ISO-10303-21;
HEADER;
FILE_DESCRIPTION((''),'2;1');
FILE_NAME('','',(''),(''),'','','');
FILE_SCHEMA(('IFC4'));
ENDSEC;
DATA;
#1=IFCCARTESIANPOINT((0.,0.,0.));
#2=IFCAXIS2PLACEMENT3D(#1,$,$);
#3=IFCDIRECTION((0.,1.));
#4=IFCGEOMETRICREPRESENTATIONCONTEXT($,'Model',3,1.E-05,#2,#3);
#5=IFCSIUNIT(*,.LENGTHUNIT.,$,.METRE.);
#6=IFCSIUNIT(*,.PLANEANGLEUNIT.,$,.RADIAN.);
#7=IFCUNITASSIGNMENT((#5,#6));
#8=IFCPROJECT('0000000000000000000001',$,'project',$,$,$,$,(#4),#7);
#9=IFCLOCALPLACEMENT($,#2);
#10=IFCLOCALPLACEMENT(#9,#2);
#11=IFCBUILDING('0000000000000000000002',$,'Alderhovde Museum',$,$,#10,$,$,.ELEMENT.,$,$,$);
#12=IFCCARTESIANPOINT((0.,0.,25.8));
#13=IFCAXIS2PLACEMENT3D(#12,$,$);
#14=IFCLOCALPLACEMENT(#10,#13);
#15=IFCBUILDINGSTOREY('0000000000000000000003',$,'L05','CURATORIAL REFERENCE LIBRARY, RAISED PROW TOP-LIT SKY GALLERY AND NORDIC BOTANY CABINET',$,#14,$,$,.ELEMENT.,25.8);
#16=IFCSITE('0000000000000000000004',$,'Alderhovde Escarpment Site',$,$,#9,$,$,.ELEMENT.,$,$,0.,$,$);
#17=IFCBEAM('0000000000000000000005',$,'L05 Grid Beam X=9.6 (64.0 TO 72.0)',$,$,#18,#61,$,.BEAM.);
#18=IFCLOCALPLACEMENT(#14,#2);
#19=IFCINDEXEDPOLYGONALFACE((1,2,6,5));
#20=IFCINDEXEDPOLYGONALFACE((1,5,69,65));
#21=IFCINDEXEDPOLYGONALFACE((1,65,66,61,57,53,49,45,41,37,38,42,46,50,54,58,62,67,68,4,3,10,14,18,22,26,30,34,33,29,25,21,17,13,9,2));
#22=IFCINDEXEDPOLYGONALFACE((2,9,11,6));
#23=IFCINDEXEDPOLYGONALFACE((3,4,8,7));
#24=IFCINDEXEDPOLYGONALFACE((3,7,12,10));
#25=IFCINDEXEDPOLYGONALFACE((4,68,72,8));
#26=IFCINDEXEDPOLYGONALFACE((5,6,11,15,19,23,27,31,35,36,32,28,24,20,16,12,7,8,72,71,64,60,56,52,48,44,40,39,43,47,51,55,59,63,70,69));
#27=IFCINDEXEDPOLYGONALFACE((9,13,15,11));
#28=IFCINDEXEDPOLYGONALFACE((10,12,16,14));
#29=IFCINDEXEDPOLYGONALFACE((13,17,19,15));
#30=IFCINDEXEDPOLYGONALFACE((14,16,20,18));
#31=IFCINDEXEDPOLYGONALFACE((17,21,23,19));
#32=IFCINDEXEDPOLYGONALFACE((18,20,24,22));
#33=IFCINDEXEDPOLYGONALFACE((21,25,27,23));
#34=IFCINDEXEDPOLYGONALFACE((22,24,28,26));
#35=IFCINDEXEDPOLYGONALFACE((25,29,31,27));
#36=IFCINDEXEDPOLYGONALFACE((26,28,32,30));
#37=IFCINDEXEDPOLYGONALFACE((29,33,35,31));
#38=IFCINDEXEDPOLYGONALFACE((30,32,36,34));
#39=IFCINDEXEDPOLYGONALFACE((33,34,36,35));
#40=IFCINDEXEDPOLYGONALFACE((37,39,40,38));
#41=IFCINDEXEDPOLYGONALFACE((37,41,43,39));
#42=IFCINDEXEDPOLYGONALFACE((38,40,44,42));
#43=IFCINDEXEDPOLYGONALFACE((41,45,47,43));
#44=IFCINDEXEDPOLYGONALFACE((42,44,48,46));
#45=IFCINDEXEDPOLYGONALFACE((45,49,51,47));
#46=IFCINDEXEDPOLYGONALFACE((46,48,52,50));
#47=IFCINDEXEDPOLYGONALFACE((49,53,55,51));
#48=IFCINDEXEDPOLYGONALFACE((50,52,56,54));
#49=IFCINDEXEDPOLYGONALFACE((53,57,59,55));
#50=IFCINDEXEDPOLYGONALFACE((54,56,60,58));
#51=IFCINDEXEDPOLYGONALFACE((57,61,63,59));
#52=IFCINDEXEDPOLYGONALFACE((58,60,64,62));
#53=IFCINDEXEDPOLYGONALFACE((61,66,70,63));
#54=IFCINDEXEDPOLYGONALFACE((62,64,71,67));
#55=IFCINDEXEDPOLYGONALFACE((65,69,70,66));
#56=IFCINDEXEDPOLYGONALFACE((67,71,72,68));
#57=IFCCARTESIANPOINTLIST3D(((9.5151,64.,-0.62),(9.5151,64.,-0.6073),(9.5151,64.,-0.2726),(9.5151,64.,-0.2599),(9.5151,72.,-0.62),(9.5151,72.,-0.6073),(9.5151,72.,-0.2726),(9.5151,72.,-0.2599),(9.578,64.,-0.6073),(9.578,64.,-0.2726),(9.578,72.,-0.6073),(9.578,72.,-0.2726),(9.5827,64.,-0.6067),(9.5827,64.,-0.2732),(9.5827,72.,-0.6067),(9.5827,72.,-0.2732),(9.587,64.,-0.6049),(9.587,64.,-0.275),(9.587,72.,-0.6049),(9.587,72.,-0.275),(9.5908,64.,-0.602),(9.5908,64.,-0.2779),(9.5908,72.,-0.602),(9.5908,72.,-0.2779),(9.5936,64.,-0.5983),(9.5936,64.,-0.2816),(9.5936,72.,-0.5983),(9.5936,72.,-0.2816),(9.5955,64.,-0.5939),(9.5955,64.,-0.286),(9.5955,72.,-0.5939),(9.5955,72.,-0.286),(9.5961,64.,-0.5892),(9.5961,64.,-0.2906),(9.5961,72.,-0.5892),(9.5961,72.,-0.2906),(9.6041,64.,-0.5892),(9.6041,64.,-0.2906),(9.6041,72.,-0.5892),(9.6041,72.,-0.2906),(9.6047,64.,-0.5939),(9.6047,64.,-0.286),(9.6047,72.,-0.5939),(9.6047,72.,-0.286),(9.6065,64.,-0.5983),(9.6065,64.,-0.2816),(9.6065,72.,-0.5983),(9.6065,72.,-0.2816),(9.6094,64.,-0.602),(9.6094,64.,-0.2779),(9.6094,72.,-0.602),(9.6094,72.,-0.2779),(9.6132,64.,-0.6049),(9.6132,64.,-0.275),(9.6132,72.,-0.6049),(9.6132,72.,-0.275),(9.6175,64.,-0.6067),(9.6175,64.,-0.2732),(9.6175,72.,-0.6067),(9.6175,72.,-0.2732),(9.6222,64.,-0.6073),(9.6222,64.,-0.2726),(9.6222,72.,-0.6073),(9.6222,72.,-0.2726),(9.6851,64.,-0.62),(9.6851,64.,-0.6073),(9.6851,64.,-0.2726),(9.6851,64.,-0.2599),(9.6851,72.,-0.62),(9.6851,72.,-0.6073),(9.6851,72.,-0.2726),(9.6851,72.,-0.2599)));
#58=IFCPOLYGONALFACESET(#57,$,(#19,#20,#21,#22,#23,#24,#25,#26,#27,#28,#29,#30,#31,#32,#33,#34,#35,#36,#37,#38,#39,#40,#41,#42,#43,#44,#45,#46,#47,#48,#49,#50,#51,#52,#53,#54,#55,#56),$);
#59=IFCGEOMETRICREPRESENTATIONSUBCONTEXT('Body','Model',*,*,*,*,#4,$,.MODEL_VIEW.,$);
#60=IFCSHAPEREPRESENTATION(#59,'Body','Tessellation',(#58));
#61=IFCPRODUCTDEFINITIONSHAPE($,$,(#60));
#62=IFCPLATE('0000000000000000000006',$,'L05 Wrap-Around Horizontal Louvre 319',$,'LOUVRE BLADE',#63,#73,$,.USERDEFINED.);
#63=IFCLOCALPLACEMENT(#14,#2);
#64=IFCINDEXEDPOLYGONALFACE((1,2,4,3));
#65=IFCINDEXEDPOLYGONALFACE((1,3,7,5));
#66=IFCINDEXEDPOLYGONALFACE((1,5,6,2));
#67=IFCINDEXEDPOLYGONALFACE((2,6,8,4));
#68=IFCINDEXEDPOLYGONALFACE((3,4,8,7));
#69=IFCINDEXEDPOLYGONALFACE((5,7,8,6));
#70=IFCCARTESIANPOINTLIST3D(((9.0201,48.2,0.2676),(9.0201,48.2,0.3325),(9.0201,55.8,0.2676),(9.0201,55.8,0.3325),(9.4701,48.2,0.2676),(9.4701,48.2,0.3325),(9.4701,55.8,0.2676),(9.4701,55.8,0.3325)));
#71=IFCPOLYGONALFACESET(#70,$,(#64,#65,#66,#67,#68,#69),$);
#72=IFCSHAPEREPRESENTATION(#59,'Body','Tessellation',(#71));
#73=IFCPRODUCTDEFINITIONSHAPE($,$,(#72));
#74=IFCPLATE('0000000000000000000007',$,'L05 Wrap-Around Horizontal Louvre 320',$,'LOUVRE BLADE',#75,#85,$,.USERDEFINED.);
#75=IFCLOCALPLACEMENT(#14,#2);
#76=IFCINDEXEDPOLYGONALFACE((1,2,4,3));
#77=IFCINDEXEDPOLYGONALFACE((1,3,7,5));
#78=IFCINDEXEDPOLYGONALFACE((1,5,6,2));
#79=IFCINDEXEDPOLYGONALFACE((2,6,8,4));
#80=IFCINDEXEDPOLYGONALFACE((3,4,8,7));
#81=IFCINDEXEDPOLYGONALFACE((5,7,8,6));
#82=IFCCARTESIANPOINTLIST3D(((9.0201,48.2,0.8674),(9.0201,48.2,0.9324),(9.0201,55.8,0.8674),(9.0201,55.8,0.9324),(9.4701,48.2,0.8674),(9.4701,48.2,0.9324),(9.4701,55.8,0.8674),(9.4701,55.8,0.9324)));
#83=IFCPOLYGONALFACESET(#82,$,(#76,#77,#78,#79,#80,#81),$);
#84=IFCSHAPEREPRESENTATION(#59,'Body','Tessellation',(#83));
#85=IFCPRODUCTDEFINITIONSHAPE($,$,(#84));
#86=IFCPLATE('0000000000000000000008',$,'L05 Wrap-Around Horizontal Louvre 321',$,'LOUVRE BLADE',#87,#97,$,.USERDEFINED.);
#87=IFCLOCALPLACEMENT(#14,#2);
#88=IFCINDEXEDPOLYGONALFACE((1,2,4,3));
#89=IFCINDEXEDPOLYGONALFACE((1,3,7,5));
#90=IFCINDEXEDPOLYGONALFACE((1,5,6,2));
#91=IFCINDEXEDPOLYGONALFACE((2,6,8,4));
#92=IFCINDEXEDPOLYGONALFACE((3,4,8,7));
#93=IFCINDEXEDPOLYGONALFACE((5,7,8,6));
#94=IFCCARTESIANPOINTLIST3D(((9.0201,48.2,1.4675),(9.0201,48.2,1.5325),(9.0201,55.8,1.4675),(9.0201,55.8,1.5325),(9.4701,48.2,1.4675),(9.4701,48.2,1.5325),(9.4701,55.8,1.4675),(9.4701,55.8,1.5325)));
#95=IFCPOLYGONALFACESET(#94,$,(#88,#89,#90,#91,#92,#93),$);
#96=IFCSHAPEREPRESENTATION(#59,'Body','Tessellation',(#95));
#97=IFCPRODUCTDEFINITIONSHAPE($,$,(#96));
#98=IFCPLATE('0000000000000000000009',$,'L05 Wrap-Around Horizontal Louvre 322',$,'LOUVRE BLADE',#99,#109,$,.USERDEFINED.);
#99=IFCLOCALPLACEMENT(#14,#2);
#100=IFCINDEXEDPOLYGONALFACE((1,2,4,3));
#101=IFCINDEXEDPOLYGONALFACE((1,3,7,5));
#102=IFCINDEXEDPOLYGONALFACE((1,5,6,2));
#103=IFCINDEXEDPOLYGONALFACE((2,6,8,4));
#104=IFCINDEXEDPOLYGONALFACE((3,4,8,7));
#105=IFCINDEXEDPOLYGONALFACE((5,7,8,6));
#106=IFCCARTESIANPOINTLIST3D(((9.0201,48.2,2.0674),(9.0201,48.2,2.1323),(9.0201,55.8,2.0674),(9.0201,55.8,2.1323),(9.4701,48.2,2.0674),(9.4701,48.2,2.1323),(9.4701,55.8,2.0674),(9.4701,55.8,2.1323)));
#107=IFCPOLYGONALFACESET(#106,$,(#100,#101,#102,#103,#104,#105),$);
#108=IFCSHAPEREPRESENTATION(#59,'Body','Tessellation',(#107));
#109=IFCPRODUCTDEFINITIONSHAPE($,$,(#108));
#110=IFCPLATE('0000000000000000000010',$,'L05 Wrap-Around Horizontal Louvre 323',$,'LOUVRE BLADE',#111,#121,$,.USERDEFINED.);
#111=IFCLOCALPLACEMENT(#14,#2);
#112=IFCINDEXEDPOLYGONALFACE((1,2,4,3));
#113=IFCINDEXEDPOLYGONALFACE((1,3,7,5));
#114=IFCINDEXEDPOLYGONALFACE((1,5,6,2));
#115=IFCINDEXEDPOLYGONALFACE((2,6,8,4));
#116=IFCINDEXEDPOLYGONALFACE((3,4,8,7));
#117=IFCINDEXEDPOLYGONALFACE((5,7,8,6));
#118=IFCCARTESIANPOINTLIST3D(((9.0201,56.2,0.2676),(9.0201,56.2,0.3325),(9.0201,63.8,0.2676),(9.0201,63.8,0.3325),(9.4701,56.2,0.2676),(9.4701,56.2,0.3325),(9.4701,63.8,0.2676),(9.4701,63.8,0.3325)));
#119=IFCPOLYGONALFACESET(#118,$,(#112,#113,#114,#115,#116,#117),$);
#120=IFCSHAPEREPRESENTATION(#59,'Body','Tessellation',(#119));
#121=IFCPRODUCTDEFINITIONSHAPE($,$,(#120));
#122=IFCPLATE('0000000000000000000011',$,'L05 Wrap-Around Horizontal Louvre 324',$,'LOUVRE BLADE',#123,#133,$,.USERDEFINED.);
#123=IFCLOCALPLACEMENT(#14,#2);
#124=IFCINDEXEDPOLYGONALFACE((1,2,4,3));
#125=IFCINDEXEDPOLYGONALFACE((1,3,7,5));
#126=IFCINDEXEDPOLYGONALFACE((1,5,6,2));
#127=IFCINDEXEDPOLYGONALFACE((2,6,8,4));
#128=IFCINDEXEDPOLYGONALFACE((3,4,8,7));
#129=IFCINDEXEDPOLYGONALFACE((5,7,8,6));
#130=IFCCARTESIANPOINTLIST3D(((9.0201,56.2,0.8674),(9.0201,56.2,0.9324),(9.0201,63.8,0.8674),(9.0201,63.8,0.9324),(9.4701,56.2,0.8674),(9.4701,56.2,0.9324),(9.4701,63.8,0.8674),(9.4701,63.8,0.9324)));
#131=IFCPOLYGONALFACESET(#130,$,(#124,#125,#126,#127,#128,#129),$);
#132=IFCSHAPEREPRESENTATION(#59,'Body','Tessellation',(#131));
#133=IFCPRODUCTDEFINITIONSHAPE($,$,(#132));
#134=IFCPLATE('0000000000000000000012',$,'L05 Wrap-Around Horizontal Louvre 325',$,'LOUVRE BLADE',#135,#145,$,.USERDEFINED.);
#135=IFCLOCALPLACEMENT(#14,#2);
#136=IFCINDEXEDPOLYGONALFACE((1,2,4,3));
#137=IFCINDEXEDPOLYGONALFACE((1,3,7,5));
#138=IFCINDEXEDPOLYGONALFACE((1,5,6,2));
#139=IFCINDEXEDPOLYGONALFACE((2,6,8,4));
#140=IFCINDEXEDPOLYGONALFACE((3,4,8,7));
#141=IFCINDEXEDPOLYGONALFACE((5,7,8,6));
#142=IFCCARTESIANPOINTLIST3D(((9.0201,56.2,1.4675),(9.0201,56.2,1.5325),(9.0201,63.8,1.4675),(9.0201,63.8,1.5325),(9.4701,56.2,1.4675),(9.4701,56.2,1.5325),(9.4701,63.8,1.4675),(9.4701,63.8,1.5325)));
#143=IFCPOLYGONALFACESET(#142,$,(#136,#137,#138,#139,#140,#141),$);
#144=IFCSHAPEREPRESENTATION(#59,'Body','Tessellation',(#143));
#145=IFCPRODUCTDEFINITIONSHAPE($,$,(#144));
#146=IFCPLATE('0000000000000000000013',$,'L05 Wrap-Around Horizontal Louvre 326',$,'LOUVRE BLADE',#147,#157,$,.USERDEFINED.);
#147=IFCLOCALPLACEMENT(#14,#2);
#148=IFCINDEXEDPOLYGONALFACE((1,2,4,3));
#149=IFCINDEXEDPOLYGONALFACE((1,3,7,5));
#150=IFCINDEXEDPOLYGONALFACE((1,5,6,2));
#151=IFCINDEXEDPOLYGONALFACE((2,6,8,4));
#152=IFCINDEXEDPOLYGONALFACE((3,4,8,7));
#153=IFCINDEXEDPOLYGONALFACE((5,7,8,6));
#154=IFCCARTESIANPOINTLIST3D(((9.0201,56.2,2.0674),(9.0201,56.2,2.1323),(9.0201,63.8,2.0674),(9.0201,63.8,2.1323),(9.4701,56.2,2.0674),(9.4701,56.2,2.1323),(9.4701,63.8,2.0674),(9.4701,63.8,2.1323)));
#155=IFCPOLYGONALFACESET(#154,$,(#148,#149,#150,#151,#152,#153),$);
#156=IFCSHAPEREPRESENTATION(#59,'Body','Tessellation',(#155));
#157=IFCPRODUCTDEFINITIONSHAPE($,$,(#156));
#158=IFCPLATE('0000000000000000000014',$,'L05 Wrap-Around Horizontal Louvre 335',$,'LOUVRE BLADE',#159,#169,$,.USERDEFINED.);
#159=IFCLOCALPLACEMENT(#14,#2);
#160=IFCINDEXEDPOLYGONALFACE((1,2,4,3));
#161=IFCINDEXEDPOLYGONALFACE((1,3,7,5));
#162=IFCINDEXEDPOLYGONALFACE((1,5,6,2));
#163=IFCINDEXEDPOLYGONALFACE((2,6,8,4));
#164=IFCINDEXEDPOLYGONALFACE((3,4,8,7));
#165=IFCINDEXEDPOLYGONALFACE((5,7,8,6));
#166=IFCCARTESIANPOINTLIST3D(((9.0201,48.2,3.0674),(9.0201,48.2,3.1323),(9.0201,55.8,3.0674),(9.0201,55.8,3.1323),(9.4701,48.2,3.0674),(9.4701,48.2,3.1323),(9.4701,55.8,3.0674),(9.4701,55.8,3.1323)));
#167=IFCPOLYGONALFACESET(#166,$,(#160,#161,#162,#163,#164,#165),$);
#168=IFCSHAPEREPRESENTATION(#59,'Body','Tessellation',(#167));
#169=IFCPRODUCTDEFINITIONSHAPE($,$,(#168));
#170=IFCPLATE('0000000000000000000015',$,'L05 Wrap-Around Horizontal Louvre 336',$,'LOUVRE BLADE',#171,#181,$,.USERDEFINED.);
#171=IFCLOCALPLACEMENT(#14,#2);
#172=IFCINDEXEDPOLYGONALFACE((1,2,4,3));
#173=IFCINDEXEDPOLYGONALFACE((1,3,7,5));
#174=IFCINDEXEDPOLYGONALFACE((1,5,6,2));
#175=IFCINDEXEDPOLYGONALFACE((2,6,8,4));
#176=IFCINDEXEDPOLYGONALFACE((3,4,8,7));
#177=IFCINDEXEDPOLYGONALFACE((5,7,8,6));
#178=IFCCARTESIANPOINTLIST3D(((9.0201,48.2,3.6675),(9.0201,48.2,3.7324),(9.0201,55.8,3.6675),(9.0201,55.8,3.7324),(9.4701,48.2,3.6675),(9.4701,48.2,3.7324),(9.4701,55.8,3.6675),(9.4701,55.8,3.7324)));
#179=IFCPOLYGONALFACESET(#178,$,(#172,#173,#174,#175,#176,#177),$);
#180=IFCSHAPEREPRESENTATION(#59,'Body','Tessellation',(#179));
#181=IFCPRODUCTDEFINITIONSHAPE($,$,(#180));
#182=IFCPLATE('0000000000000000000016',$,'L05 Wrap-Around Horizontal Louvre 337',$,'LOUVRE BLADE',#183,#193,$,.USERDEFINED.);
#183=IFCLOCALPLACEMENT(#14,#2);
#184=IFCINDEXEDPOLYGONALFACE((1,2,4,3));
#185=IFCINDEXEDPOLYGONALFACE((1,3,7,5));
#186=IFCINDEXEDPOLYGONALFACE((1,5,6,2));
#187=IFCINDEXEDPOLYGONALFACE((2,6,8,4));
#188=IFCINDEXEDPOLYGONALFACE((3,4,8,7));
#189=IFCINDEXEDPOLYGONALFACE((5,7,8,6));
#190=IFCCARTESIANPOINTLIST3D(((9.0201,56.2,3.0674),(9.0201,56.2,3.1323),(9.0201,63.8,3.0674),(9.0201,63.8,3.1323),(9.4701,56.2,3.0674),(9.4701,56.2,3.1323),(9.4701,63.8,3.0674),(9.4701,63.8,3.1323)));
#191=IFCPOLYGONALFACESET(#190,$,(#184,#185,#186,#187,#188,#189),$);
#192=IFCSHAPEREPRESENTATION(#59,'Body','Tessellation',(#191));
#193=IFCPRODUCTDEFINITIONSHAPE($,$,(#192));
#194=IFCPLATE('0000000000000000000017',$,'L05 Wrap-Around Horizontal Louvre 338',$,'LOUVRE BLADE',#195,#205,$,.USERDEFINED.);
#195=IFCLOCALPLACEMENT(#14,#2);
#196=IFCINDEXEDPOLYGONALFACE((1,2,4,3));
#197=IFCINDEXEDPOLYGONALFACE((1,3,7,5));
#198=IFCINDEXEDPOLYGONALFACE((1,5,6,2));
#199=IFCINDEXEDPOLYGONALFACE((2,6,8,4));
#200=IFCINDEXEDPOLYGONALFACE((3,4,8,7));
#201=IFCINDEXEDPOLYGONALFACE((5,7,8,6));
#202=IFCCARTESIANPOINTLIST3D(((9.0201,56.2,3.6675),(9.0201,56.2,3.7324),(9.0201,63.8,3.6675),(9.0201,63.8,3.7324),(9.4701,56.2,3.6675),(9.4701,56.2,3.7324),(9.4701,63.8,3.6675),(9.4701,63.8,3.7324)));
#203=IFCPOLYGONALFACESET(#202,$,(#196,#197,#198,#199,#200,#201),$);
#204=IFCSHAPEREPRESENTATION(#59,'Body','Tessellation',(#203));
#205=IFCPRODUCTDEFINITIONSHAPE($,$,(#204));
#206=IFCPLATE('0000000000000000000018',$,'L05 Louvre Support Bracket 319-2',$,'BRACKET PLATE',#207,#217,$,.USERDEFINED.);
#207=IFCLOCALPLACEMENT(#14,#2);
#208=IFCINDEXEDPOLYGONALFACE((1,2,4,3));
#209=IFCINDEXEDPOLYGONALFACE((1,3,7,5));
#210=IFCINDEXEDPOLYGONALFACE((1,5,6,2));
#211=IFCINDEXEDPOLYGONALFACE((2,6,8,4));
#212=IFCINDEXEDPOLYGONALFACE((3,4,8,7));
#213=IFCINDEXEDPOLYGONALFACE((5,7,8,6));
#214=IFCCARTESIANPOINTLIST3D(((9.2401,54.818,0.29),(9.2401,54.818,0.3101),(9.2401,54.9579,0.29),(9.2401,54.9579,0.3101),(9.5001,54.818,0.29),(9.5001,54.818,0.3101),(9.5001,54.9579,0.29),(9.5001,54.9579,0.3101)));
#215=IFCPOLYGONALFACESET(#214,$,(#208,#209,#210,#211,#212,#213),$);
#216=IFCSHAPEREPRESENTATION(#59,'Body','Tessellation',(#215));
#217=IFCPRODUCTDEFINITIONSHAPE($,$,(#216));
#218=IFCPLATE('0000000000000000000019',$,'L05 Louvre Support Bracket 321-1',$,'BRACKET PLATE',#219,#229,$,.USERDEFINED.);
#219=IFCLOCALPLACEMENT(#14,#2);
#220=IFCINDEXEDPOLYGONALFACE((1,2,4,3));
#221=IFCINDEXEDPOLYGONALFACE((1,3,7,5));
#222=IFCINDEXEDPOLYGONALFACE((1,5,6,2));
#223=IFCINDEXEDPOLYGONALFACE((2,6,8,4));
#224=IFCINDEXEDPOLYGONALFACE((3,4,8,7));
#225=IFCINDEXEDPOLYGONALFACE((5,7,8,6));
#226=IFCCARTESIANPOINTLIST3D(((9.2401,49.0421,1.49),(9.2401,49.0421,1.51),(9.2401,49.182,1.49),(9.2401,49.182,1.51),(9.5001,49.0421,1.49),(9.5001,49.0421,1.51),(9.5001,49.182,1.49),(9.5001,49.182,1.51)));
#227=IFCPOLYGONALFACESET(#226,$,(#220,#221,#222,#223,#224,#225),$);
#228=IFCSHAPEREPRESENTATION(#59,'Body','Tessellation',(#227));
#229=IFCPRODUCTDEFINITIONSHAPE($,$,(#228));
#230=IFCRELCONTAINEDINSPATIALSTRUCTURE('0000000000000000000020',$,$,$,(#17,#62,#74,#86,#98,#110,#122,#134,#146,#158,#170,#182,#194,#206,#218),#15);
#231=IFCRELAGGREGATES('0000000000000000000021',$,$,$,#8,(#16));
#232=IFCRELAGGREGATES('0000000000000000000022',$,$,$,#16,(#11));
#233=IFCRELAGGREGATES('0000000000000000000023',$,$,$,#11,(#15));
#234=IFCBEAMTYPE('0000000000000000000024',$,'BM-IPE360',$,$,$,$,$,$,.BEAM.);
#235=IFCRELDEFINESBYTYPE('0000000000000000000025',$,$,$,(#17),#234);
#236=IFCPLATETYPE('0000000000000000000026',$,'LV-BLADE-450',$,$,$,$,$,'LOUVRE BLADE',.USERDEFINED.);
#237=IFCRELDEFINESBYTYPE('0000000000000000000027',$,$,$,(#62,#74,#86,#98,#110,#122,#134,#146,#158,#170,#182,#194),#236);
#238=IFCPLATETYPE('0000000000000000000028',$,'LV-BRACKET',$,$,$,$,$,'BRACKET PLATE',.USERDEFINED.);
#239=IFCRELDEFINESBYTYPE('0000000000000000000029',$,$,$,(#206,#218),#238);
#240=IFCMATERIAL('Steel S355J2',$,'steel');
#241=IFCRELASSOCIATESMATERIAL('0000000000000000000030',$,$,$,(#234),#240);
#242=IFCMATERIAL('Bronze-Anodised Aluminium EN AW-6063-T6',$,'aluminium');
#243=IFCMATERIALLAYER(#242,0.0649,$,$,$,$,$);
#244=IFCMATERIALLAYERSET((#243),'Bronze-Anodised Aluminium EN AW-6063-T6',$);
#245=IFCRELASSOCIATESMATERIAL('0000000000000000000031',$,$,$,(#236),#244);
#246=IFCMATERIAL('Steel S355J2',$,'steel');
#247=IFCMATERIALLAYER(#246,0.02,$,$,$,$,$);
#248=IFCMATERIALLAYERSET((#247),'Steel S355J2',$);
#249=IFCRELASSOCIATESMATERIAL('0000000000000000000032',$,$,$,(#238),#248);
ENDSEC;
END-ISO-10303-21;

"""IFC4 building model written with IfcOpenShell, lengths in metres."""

from ifc_helpers import new_model, si_unit, direction, frame, origin, origin_2d, place, context, subcontext, project, spatial, rectangle, i_section, extrude, material, layer, layer_set, material_profile, profile_set, type_object, element, save


model = new_model("IFC4")

# Units and contexts
model_context = context("Model", 3, precision=1e-05, world=origin(), true_north=direction((0.0, 1.0)))
body_context = subcontext(model_context, "Body", "Model", "MODEL_VIEW")
ifc_project = project(units=[si_unit("LENGTHUNIT", "METRE"), si_unit("PLANEANGLEUNIT", "RADIAN")], contexts=[model_context])

# Site, building, storey
site_placement = place(None, origin())
site = spatial("IfcSite", under=ifc_project, at=site_placement, Name="Alderhovde Escarpment Site", CompositionType="ELEMENT", RefElevation=0.0)
building_placement = place(site_placement, origin())
building = spatial("IfcBuilding", under=site, at=building_placement, Name="Alderhovde Museum", CompositionType="ELEMENT")
storey_placement = place(building_placement, frame((0.0, 0.0, 25.8)))
storey = spatial("IfcBuildingStorey", under=building, at=storey_placement, Name="L05", Description="CURATORIAL REFERENCE LIBRARY, RAISED PROW TOP-LIT SKY GALLERY AND NORDIC BOTANY CABINET", CompositionType="ELEMENT", Elevation=25.8)

# Beam
ifc_material_1 = material(Name="Steel S355J2", Category="steel")
ifc_material_profile_1 = material_profile(ifc_material_1, i_section(OverallWidth=0.1699, OverallDepth=0.3601, WebThickness=0.0081, FlangeThickness=0.0127, FilletRadius=0.0181, at=origin_2d()), Name="IPE 360")
ifc_profile_set_1 = profile_set([ifc_material_profile_1], Name="Steel S355J2")
beam_type_1 = type_object("IfcBeamType", Name="BM-IPE360", PredefinedType="BEAM", material=ifc_profile_set_1)
for number, where, z_axis, x_axis, name in (
    (1, (9.6001, 64.0, -0.4399), (0.0, 1.0, 0.0), (-1.0, 0.0, 0.0), "L05 Grid Beam X=9.6 (64.0 TO 72.0)"),
):
    element("IfcBeam", number, at=place(storey_placement, frame(where, z_axis=z_axis, x_axis=x_axis)), inside=storey, type_object=beam_type_1, Name=name, PredefinedType="BEAM", context=body_context, shape_type="SweptSolid", body=[
        extrude(i_section(OverallWidth=0.1699, OverallDepth=0.3601, WebThickness=0.0081, FlangeThickness=0.0127, FilletRadius=0.0181, at=origin_2d()), origin(), (0.0, 0.0, 1.0), 8.0),
    ])

# Plates
ifc_material_2 = material(Name="Bronze-Anodised Aluminium EN AW-6063-T6", Category="aluminium")
ifc_layer_1 = layer(ifc_material_2, 0.0649)
ifc_layer_set_1 = layer_set([ifc_layer_1], Name="Bronze-Anodised Aluminium EN AW-6063-T6")
plate_type_1 = type_object("IfcPlateType", Name="LV-BLADE-450", ElementType="LOUVRE BLADE", PredefinedType="USERDEFINED", material=ifc_layer_set_1)
for number, where, z_axis, x_axis, name in (
    (2, (9.2451, 52.0, 0.2676), (0.0, 0.0, 1.0), (0.0, 1.0, 0.0), "L05 Wrap-Around Horizontal Louvre 319"),
    (3, (9.2451, 52.0, 0.8674), (0.0, 0.0, 1.0), (0.0, 1.0, 0.0), "L05 Wrap-Around Horizontal Louvre 320"),
    (4, (9.2451, 52.0, 1.4675), (0.0, 0.0, 1.0), (0.0, 1.0, 0.0), "L05 Wrap-Around Horizontal Louvre 321"),
    (5, (9.2451, 52.0, 2.0674), (0.0, 0.0, 1.0), (0.0, 1.0, 0.0), "L05 Wrap-Around Horizontal Louvre 322"),
    (6, (9.2451, 60.0, 0.2676), (0.0, 0.0, 1.0), (0.0, 1.0, 0.0), "L05 Wrap-Around Horizontal Louvre 323"),
    (7, (9.2451, 60.0, 0.8674), (0.0, 0.0, 1.0), (0.0, 1.0, 0.0), "L05 Wrap-Around Horizontal Louvre 324"),
    (8, (9.2451, 60.0, 1.4675), (0.0, 0.0, 1.0), (0.0, 1.0, 0.0), "L05 Wrap-Around Horizontal Louvre 325"),
    (9, (9.2451, 60.0, 2.0674), (0.0, 0.0, 1.0), (0.0, 1.0, 0.0), "L05 Wrap-Around Horizontal Louvre 326"),
    (10, (9.2451, 52.0, 3.0674), (0.0, 0.0, 1.0), (0.0, 1.0, 0.0), "L05 Wrap-Around Horizontal Louvre 335"),
    (11, (9.2451, 52.0, 3.6675), (0.0, 0.0, 1.0), (0.0, 1.0, 0.0), "L05 Wrap-Around Horizontal Louvre 336"),
    (12, (9.2451, 60.0, 3.0674), (0.0, 0.0, 1.0), (0.0, 1.0, 0.0), "L05 Wrap-Around Horizontal Louvre 337"),
    (13, (9.2451, 60.0, 3.6675), (0.0, 0.0, 1.0), (0.0, 1.0, 0.0), "L05 Wrap-Around Horizontal Louvre 338"),
):
    element("IfcPlate", number, at=place(storey_placement, frame(where, z_axis=z_axis, x_axis=x_axis)), inside=storey, type_object=plate_type_1, Name=name, ObjectType="LOUVRE BLADE", PredefinedType="USERDEFINED", context=body_context, shape_type="SweptSolid", body=[
        extrude(rectangle(XDim=7.6001, YDim=0.45, at=origin_2d()), origin(), (0.0, 0.0, 1.0), 0.0649),
    ])
ifc_material_3 = material(Name="Steel S355J2", Category="steel")
ifc_layer_2 = layer(ifc_material_3, 0.02)
ifc_layer_set_2 = layer_set([ifc_layer_2], Name="Steel S355J2")
plate_type_2 = type_object("IfcPlateType", Name="LV-BRACKET", ElementType="BRACKET PLATE", PredefinedType="USERDEFINED", material=ifc_layer_set_2)
for number, where, z_axis, x_axis, name in (
    (14, (9.3701, 54.8879, 0.29), (0.0, 0.0, 1.0), (0.0, 1.0, 0.0), "L05 Louvre Support Bracket 319-2"),
    (15, (9.3701, 49.1121, 1.49), (0.0, 0.0, 1.0), (0.0, 1.0, 0.0), "L05 Louvre Support Bracket 321-1"),
):
    element("IfcPlate", number, at=place(storey_placement, frame(where, z_axis=z_axis, x_axis=x_axis)), inside=storey, type_object=plate_type_2, Name=name, ObjectType="BRACKET PLATE", PredefinedType="USERDEFINED", context=body_context, shape_type="SweptSolid", body=[
        extrude(rectangle(XDim=0.1399, YDim=0.26, at=origin_2d()), origin(), (0.0, 0.0, 1.0), 0.02),
    ])

save(model, "model.ifc")
